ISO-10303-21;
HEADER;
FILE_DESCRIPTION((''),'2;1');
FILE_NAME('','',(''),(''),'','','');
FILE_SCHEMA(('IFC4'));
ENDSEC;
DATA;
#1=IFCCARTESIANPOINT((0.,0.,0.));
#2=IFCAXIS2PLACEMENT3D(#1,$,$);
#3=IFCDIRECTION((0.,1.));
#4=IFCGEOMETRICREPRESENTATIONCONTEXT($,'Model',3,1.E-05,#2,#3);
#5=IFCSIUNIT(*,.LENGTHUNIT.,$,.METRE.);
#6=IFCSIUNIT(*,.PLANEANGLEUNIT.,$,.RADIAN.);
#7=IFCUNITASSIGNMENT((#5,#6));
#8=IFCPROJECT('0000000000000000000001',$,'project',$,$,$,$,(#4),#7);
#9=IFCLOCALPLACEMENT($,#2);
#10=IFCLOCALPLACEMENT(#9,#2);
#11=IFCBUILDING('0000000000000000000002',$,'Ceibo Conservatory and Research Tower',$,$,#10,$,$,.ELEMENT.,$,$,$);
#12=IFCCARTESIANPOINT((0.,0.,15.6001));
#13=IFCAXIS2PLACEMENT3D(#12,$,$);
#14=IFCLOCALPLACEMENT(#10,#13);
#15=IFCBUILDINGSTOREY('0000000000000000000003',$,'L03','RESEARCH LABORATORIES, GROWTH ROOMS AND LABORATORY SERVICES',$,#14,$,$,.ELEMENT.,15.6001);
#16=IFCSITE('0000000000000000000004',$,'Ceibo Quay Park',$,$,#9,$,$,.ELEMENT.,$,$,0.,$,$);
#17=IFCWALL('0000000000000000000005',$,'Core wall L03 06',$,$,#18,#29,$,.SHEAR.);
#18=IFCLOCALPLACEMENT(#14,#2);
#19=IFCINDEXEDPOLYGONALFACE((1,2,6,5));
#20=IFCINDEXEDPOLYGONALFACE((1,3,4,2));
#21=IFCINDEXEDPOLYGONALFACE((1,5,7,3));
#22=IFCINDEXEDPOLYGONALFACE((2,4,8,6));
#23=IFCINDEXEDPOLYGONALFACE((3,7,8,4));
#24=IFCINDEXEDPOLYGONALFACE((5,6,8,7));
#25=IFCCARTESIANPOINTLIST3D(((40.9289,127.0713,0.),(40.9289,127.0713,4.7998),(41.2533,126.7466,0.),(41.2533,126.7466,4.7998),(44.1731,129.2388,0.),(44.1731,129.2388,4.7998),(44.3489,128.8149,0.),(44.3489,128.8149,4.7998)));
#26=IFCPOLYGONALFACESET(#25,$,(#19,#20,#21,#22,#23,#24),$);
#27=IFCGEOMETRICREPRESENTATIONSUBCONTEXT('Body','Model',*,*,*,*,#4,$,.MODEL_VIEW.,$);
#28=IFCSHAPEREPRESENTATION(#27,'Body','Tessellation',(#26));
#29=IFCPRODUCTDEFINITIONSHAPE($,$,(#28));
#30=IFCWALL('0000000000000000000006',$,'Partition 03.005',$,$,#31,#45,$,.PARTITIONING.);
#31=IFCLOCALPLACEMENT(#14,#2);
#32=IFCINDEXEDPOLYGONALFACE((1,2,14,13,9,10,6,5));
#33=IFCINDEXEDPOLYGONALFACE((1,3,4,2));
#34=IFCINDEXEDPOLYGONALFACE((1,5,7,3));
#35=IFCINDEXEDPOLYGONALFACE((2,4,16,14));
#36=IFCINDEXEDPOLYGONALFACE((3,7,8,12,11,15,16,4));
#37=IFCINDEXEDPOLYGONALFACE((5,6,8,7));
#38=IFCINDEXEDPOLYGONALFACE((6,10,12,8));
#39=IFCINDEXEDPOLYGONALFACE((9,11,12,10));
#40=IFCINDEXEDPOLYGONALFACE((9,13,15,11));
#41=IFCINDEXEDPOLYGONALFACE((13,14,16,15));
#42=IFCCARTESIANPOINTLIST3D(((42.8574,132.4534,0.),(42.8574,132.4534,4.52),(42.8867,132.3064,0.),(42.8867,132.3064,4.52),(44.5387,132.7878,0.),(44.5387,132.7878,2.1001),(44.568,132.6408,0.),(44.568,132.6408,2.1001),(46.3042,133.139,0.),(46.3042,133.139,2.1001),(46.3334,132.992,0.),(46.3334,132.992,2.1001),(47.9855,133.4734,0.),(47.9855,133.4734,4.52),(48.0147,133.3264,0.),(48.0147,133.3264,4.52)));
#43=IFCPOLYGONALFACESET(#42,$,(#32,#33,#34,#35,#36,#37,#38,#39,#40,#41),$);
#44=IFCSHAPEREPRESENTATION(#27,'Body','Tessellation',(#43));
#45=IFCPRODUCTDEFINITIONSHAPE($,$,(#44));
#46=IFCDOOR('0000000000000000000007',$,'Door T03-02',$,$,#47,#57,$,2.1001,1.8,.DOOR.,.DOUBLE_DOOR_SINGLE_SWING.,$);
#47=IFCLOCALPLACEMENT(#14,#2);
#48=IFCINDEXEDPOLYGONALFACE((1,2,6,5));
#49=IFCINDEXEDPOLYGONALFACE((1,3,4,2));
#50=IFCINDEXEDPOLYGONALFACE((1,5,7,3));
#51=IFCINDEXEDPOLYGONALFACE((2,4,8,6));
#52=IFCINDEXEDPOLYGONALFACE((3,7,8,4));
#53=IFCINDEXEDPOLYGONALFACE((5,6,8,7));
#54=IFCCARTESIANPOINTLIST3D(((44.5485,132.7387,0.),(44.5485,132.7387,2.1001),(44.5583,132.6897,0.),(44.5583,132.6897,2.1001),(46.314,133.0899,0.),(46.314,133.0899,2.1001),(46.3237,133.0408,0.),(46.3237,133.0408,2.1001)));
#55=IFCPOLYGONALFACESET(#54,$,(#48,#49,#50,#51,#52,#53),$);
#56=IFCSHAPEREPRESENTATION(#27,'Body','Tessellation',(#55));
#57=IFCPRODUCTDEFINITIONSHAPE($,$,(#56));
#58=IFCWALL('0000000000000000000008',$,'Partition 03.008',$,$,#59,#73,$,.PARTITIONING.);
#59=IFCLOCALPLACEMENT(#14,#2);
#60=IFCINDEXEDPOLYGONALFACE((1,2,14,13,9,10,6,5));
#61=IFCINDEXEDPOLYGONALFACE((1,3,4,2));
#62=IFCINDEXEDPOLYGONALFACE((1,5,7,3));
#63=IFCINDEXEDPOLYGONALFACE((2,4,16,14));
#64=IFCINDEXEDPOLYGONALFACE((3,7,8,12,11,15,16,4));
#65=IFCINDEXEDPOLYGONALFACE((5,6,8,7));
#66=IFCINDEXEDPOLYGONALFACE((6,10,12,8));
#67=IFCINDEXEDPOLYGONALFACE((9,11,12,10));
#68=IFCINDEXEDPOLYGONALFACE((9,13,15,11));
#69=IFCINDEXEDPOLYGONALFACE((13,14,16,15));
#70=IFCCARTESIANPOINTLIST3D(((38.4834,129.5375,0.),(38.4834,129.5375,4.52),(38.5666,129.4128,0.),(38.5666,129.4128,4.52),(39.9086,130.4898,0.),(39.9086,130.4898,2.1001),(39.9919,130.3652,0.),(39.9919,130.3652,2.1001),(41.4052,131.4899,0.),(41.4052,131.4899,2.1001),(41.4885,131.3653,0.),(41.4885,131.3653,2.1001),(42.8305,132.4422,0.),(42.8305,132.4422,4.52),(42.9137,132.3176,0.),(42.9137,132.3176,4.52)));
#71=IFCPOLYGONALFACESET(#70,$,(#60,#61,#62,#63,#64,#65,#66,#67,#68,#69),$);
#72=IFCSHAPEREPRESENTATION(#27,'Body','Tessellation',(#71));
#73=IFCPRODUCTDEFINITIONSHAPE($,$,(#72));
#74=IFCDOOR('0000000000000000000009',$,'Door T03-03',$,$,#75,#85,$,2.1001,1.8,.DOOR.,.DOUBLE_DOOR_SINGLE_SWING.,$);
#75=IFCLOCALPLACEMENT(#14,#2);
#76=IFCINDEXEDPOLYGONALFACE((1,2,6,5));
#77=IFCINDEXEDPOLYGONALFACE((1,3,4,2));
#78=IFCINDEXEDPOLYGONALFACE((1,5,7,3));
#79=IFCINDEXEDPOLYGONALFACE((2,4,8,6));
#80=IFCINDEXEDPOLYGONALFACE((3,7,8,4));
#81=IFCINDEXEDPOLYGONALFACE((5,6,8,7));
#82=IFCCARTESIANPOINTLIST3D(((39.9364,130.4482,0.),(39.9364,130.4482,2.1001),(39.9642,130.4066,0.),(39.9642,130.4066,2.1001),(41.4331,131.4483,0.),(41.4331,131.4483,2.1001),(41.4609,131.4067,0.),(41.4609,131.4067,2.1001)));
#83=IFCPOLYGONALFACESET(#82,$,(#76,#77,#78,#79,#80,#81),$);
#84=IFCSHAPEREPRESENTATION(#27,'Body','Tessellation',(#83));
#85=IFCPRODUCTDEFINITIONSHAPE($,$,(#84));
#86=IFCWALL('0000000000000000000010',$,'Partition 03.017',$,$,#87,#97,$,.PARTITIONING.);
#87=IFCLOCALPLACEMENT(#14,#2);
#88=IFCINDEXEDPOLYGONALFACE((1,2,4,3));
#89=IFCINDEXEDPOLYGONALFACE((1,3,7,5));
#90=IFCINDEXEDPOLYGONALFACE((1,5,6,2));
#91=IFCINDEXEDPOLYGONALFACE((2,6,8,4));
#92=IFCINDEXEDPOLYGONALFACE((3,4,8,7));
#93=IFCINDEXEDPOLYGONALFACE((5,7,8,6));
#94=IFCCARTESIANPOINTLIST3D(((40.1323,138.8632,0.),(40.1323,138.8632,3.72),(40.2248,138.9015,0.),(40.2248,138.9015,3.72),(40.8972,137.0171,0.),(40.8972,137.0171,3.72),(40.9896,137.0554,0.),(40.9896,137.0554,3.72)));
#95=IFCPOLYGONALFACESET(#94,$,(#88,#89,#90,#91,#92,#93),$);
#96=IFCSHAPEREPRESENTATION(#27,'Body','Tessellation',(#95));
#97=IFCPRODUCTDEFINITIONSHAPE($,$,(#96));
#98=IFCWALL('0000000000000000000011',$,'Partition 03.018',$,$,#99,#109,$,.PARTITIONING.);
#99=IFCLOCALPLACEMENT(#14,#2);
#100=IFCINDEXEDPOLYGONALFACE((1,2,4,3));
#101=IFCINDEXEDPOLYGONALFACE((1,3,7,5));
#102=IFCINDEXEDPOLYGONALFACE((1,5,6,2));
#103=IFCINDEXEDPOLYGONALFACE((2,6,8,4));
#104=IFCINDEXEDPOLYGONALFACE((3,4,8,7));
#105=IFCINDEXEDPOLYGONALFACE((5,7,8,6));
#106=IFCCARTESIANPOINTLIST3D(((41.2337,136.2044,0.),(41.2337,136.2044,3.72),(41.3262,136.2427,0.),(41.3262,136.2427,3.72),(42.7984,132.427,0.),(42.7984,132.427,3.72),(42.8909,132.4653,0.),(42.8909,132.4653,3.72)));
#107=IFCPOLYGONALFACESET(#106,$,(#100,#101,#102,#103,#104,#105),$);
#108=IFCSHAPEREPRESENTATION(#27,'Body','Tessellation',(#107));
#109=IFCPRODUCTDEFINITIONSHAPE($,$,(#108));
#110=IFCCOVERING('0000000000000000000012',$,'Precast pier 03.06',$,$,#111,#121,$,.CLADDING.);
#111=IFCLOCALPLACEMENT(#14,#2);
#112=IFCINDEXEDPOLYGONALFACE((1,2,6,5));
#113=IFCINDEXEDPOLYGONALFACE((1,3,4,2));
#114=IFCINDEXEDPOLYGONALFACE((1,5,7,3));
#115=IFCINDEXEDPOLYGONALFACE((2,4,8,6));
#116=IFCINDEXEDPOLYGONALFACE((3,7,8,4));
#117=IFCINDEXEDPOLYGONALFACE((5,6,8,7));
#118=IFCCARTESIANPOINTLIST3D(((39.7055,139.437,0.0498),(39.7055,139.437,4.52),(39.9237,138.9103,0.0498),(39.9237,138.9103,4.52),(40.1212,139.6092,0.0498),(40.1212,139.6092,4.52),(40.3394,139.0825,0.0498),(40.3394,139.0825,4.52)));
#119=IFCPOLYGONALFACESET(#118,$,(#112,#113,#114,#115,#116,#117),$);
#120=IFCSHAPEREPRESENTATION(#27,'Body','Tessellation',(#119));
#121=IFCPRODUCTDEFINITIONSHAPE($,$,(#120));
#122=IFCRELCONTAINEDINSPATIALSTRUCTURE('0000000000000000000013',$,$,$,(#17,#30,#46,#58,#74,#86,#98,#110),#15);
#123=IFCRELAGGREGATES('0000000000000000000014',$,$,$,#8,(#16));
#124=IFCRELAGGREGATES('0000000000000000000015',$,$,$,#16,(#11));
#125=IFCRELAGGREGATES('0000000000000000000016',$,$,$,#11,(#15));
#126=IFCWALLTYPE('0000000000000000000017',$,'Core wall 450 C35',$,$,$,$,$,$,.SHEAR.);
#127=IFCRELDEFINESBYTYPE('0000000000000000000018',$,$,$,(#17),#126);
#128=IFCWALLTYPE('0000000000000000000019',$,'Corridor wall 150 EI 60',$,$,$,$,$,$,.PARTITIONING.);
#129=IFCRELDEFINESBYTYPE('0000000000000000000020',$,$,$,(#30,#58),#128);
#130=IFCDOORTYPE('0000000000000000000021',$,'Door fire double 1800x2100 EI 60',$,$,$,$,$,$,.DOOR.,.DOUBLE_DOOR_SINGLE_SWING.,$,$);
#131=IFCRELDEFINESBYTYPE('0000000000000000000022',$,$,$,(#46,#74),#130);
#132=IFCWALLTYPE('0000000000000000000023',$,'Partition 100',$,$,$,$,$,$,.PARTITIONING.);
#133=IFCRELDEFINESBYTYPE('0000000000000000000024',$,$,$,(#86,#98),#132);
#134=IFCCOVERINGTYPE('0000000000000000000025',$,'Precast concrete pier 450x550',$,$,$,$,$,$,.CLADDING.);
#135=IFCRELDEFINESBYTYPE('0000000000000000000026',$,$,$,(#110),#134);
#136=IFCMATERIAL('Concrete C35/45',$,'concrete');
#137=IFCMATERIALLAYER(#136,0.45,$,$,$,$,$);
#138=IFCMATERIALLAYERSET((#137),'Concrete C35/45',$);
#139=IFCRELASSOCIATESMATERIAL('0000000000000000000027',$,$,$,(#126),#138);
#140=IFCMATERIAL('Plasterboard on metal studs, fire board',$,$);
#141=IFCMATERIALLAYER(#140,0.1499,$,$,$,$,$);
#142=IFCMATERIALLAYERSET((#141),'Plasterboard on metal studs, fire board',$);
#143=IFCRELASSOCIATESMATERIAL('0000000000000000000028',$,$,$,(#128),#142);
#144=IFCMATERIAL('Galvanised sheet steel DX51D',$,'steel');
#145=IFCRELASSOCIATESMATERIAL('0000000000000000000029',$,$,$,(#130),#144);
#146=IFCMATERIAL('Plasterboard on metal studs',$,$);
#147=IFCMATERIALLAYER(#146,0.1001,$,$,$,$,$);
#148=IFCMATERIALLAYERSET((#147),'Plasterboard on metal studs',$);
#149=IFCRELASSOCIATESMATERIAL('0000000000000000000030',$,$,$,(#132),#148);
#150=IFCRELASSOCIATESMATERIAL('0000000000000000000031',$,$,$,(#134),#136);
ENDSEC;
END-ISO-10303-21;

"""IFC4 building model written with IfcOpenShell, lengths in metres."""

from ifc_helpers import new_model, si_unit, direction, frame, frame_2d, origin, origin_2d, place, context, subcontext, project, spatial, polyline, rectangle, outline, extrude, material, layer, layer_set, type_object, element, fill, save


model = new_model("IFC4")

# Units and contexts
model_context = context("Model", 3, precision=1e-05, world=origin(), true_north=direction((0.0, 1.0)))
body_context = subcontext(model_context, "Body", "Model", "MODEL_VIEW")
ifc_project = project(units=[si_unit("LENGTHUNIT", "METRE"), si_unit("PLANEANGLEUNIT", "RADIAN")], contexts=[model_context])

# Site, building, storey
site_placement = place(None, origin())
site = spatial("IfcSite", under=ifc_project, at=site_placement, Name="Ceibo Quay Park", CompositionType="ELEMENT", RefElevation=0.0)
building_placement = place(site_placement, origin())
building = spatial("IfcBuilding", under=site, at=building_placement, Name="Ceibo Conservatory and Research Tower", CompositionType="ELEMENT")
storey_placement = place(building_placement, frame((0.0, 0.0, 15.6001)))
storey = spatial("IfcBuildingStorey", under=building, at=storey_placement, Name="L03", Description="RESEARCH LABORATORIES, GROWTH ROOMS AND LABORATORY SERVICES", CompositionType="ELEMENT", Elevation=15.6001)

# Shared definitions
ifc_material_1 = material(Name="Concrete C35/45", Category="concrete")

# Shared definitions
ifc_material_2 = material(Name="Plasterboard on metal studs")

# Wall
ifc_layer_1 = layer(ifc_material_1, 0.45)
ifc_layer_set_1 = layer_set([ifc_layer_1], Name="Concrete C35/45")
wall_type_1 = type_object("IfcWallType", Name="Core wall 450 C35", PredefinedType="SHEAR", material=ifc_layer_set_1)
wall_1_placement = place(storey_placement, frame((44.261, 129.0269, 0.0), z_axis=(0.0, 0.0, 1.0), x_axis=(-0.831488, -0.555542, 0.0)))
element("IfcWall", 1, at=wall_1_placement, inside=storey, type_object=wall_type_1, Name="Core wall L03 06", PredefinedType="SHEAR", context=body_context, shape_type="SweptSolid", body=[
    extrude(outline(polyline([(-0.0447, -0.2251), (3.8569, -0.2251), (3.7676, 0.2251), (0.0447, 0.2251), (-0.0447, -0.2251)])), origin(), (0.0, 0.0, 1.0), 4.7998),
])

# Walls, openings, doors
ifc_material_3 = material(Name="Plasterboard on metal studs, fire board")
ifc_layer_2 = layer(ifc_material_3, 0.1499)
ifc_layer_set_2 = layer_set([ifc_layer_2], Name="Plasterboard on metal studs, fire board")
wall_type_2 = type_object("IfcWallType", Name="Corridor wall 150 EI 60", PredefinedType="PARTITIONING", material=ifc_layer_set_2)
wall_2_placement = place(storey_placement, frame((42.8721, 132.3799, 0.0), z_axis=(0.0, 0.0, 1.0), x_axis=(0.980785, 0.195092, 0.0)))
wall_2 = element("IfcWall", 2, at=wall_2_placement, inside=storey, type_object=wall_type_2, Name="Partition 03.005", PredefinedType="PARTITIONING", context=body_context, shape_type="SweptSolid", body=[
    extrude(rectangle(XDim=5.2285, YDim=0.1499, at=frame_2d((2.6143, 0.0))), origin(), (0.0, 0.0, 1.0), 4.52),
])
opening_1_placement = place(wall_2_placement, frame((1.7144, 0.0, 0.0)))
opening_1 = element("IfcOpeningElement", 3, at=opening_1_placement, cuts=wall_2, PredefinedType="OPENING", context=body_context, shape_type="SweptSolid", body=[
    extrude(rectangle(XDim=1.8, YDim=2.1001, at=frame_2d((0.8999, 1.05))), frame((0.0, 0.085, 0.0), z_axis=(0.0, -1.0, 0.0), x_axis=(1.0, 0.0, 0.0)), (0.0, 0.0, 1.0), 0.1699),
])
ifc_material_4 = material(Name="Galvanised sheet steel DX51D", Category="steel")
door_type_1 = type_object("IfcDoorType", Name="Door fire double 1800x2100 EI 60", OperationType="DOUBLE_DOOR_SINGLE_SWING", PredefinedType="DOOR", material=ifc_material_4)
door_1_placement = place(opening_1_placement, origin())
door_1 = element("IfcDoor", 4, at=door_1_placement, inside=storey, type_object=door_type_1, Name="Door T03-02", OperationType="DOUBLE_DOOR_SINGLE_SWING", OverallHeight=2.1001, OverallWidth=1.8, PredefinedType="DOOR", context=body_context, shape_type="SweptSolid", body=[
    extrude(rectangle(XDim=1.8, YDim=2.1001, at=frame_2d((0.8999, 1.05))), frame((0.0, 0.0249, 0.0), z_axis=(0.0, -1.0, 0.0), x_axis=(1.0, 0.0, 0.0)), (0.0, 0.0, 1.0), 0.05),
])
fill(opening_1, door_1)
wall_3_placement = place(storey_placement, frame((38.5249, 129.4751, 0.0), z_axis=(0.0, 0.0, 1.0), x_axis=(0.831461, 0.555584, 0.0)))
wall_3 = element("IfcWall", 5, at=wall_3_placement, inside=storey, type_object=wall_type_2, Name="Partition 03.008", PredefinedType="PARTITIONING", context=body_context, shape_type="SweptSolid", body=[
    extrude(rectangle(XDim=5.2283, YDim=0.1499, at=frame_2d((2.6143, 0.0))), origin(), (0.0, 0.0, 1.0), 4.52),
])
opening_2_placement = place(wall_3_placement, frame((1.7144, 0.0, 0.0)))
opening_2 = element("IfcOpeningElement", 6, at=opening_2_placement, cuts=wall_3, PredefinedType="OPENING", context=body_context, shape_type="SweptSolid", body=[
    extrude(rectangle(XDim=1.8, YDim=2.1001, at=frame_2d((0.8999, 1.05))), frame((0.0, 0.085, 0.0), z_axis=(0.0, -1.0, 0.0), x_axis=(1.0, 0.0, 0.0)), (0.0, 0.0, 1.0), 0.1699),
])
door_2_placement = place(opening_2_placement, origin())
door_2 = element("IfcDoor", 7, at=door_2_placement, inside=storey, type_object=door_type_1, Name="Door T03-03", OperationType="DOUBLE_DOOR_SINGLE_SWING", OverallHeight=2.1001, OverallWidth=1.8, PredefinedType="DOOR", context=body_context, shape_type="SweptSolid", body=[
    extrude(rectangle(XDim=1.8, YDim=2.1001, at=frame_2d((0.8999, 1.05))), frame((0.0, 0.0249, 0.0), z_axis=(0.0, -1.0, 0.0), x_axis=(1.0, 0.0, 0.0)), (0.0, 0.0, 1.0), 0.05),
])
fill(opening_2, door_2)

# Walls
ifc_layer_3 = layer(ifc_material_2, 0.1001)
ifc_layer_set_3 = layer_set([ifc_layer_3], Name="Plasterboard on metal studs")
wall_type_3 = type_object("IfcWallType", Name="Partition 100", PredefinedType="PARTITIONING", material=ifc_layer_set_3)
wall_4_placement = place(storey_placement, frame((40.9434, 137.0364, 0.0), z_axis=(0.0, 0.0, 1.0), x_axis=(-0.382758, 0.923849, 0.0)))
element("IfcWall", 8, at=wall_4_placement, inside=storey, type_object=wall_type_3, Name="Partition 03.017", PredefinedType="PARTITIONING", context=body_context, shape_type="SweptSolid", body=[
    extrude(rectangle(XDim=1.9983, YDim=0.1001, at=frame_2d((0.999, 0.0))), origin(), (0.0, 0.0, 1.0), 3.72),
])
wall_5_placement = place(storey_placement, frame((42.8447, 132.446, 0.0), z_axis=(0.0, 0.0, 1.0), x_axis=(-0.382698, 0.923873, 0.0)))
element("IfcWall", 9, at=wall_5_placement, inside=storey, type_object=wall_type_3, Name="Partition 03.018", PredefinedType="PARTITIONING", context=body_context, shape_type="SweptSolid", body=[
    extrude(rectangle(XDim=4.0886, YDim=0.1001, at=frame_2d((2.0444, 0.0))), origin(), (0.0, 0.0, 1.0), 3.72),
])

# Covering
covering_type = type_object("IfcCoveringType", Name="Precast concrete pier 450x550", PredefinedType="CLADDING", material=ifc_material_1)
covering_placement = place(storey_placement, frame((40.0225, 139.2598, 0.0498), z_axis=(0.0, 0.0, 1.0), x_axis=(-0.382683, 0.92388, 0.0)))
element("IfcCovering", 10, at=covering_placement, inside=storey, type_object=covering_type, Name="Precast pier 03.06", PredefinedType="CLADDING", context=body_context, shape_type="SweptSolid", body=[
    extrude(rectangle(XDim=0.5701, YDim=0.45, at=origin_2d()), origin(), (0.0, 0.0, 1.0), 4.4702),
])

save(model, "model.ifc")
